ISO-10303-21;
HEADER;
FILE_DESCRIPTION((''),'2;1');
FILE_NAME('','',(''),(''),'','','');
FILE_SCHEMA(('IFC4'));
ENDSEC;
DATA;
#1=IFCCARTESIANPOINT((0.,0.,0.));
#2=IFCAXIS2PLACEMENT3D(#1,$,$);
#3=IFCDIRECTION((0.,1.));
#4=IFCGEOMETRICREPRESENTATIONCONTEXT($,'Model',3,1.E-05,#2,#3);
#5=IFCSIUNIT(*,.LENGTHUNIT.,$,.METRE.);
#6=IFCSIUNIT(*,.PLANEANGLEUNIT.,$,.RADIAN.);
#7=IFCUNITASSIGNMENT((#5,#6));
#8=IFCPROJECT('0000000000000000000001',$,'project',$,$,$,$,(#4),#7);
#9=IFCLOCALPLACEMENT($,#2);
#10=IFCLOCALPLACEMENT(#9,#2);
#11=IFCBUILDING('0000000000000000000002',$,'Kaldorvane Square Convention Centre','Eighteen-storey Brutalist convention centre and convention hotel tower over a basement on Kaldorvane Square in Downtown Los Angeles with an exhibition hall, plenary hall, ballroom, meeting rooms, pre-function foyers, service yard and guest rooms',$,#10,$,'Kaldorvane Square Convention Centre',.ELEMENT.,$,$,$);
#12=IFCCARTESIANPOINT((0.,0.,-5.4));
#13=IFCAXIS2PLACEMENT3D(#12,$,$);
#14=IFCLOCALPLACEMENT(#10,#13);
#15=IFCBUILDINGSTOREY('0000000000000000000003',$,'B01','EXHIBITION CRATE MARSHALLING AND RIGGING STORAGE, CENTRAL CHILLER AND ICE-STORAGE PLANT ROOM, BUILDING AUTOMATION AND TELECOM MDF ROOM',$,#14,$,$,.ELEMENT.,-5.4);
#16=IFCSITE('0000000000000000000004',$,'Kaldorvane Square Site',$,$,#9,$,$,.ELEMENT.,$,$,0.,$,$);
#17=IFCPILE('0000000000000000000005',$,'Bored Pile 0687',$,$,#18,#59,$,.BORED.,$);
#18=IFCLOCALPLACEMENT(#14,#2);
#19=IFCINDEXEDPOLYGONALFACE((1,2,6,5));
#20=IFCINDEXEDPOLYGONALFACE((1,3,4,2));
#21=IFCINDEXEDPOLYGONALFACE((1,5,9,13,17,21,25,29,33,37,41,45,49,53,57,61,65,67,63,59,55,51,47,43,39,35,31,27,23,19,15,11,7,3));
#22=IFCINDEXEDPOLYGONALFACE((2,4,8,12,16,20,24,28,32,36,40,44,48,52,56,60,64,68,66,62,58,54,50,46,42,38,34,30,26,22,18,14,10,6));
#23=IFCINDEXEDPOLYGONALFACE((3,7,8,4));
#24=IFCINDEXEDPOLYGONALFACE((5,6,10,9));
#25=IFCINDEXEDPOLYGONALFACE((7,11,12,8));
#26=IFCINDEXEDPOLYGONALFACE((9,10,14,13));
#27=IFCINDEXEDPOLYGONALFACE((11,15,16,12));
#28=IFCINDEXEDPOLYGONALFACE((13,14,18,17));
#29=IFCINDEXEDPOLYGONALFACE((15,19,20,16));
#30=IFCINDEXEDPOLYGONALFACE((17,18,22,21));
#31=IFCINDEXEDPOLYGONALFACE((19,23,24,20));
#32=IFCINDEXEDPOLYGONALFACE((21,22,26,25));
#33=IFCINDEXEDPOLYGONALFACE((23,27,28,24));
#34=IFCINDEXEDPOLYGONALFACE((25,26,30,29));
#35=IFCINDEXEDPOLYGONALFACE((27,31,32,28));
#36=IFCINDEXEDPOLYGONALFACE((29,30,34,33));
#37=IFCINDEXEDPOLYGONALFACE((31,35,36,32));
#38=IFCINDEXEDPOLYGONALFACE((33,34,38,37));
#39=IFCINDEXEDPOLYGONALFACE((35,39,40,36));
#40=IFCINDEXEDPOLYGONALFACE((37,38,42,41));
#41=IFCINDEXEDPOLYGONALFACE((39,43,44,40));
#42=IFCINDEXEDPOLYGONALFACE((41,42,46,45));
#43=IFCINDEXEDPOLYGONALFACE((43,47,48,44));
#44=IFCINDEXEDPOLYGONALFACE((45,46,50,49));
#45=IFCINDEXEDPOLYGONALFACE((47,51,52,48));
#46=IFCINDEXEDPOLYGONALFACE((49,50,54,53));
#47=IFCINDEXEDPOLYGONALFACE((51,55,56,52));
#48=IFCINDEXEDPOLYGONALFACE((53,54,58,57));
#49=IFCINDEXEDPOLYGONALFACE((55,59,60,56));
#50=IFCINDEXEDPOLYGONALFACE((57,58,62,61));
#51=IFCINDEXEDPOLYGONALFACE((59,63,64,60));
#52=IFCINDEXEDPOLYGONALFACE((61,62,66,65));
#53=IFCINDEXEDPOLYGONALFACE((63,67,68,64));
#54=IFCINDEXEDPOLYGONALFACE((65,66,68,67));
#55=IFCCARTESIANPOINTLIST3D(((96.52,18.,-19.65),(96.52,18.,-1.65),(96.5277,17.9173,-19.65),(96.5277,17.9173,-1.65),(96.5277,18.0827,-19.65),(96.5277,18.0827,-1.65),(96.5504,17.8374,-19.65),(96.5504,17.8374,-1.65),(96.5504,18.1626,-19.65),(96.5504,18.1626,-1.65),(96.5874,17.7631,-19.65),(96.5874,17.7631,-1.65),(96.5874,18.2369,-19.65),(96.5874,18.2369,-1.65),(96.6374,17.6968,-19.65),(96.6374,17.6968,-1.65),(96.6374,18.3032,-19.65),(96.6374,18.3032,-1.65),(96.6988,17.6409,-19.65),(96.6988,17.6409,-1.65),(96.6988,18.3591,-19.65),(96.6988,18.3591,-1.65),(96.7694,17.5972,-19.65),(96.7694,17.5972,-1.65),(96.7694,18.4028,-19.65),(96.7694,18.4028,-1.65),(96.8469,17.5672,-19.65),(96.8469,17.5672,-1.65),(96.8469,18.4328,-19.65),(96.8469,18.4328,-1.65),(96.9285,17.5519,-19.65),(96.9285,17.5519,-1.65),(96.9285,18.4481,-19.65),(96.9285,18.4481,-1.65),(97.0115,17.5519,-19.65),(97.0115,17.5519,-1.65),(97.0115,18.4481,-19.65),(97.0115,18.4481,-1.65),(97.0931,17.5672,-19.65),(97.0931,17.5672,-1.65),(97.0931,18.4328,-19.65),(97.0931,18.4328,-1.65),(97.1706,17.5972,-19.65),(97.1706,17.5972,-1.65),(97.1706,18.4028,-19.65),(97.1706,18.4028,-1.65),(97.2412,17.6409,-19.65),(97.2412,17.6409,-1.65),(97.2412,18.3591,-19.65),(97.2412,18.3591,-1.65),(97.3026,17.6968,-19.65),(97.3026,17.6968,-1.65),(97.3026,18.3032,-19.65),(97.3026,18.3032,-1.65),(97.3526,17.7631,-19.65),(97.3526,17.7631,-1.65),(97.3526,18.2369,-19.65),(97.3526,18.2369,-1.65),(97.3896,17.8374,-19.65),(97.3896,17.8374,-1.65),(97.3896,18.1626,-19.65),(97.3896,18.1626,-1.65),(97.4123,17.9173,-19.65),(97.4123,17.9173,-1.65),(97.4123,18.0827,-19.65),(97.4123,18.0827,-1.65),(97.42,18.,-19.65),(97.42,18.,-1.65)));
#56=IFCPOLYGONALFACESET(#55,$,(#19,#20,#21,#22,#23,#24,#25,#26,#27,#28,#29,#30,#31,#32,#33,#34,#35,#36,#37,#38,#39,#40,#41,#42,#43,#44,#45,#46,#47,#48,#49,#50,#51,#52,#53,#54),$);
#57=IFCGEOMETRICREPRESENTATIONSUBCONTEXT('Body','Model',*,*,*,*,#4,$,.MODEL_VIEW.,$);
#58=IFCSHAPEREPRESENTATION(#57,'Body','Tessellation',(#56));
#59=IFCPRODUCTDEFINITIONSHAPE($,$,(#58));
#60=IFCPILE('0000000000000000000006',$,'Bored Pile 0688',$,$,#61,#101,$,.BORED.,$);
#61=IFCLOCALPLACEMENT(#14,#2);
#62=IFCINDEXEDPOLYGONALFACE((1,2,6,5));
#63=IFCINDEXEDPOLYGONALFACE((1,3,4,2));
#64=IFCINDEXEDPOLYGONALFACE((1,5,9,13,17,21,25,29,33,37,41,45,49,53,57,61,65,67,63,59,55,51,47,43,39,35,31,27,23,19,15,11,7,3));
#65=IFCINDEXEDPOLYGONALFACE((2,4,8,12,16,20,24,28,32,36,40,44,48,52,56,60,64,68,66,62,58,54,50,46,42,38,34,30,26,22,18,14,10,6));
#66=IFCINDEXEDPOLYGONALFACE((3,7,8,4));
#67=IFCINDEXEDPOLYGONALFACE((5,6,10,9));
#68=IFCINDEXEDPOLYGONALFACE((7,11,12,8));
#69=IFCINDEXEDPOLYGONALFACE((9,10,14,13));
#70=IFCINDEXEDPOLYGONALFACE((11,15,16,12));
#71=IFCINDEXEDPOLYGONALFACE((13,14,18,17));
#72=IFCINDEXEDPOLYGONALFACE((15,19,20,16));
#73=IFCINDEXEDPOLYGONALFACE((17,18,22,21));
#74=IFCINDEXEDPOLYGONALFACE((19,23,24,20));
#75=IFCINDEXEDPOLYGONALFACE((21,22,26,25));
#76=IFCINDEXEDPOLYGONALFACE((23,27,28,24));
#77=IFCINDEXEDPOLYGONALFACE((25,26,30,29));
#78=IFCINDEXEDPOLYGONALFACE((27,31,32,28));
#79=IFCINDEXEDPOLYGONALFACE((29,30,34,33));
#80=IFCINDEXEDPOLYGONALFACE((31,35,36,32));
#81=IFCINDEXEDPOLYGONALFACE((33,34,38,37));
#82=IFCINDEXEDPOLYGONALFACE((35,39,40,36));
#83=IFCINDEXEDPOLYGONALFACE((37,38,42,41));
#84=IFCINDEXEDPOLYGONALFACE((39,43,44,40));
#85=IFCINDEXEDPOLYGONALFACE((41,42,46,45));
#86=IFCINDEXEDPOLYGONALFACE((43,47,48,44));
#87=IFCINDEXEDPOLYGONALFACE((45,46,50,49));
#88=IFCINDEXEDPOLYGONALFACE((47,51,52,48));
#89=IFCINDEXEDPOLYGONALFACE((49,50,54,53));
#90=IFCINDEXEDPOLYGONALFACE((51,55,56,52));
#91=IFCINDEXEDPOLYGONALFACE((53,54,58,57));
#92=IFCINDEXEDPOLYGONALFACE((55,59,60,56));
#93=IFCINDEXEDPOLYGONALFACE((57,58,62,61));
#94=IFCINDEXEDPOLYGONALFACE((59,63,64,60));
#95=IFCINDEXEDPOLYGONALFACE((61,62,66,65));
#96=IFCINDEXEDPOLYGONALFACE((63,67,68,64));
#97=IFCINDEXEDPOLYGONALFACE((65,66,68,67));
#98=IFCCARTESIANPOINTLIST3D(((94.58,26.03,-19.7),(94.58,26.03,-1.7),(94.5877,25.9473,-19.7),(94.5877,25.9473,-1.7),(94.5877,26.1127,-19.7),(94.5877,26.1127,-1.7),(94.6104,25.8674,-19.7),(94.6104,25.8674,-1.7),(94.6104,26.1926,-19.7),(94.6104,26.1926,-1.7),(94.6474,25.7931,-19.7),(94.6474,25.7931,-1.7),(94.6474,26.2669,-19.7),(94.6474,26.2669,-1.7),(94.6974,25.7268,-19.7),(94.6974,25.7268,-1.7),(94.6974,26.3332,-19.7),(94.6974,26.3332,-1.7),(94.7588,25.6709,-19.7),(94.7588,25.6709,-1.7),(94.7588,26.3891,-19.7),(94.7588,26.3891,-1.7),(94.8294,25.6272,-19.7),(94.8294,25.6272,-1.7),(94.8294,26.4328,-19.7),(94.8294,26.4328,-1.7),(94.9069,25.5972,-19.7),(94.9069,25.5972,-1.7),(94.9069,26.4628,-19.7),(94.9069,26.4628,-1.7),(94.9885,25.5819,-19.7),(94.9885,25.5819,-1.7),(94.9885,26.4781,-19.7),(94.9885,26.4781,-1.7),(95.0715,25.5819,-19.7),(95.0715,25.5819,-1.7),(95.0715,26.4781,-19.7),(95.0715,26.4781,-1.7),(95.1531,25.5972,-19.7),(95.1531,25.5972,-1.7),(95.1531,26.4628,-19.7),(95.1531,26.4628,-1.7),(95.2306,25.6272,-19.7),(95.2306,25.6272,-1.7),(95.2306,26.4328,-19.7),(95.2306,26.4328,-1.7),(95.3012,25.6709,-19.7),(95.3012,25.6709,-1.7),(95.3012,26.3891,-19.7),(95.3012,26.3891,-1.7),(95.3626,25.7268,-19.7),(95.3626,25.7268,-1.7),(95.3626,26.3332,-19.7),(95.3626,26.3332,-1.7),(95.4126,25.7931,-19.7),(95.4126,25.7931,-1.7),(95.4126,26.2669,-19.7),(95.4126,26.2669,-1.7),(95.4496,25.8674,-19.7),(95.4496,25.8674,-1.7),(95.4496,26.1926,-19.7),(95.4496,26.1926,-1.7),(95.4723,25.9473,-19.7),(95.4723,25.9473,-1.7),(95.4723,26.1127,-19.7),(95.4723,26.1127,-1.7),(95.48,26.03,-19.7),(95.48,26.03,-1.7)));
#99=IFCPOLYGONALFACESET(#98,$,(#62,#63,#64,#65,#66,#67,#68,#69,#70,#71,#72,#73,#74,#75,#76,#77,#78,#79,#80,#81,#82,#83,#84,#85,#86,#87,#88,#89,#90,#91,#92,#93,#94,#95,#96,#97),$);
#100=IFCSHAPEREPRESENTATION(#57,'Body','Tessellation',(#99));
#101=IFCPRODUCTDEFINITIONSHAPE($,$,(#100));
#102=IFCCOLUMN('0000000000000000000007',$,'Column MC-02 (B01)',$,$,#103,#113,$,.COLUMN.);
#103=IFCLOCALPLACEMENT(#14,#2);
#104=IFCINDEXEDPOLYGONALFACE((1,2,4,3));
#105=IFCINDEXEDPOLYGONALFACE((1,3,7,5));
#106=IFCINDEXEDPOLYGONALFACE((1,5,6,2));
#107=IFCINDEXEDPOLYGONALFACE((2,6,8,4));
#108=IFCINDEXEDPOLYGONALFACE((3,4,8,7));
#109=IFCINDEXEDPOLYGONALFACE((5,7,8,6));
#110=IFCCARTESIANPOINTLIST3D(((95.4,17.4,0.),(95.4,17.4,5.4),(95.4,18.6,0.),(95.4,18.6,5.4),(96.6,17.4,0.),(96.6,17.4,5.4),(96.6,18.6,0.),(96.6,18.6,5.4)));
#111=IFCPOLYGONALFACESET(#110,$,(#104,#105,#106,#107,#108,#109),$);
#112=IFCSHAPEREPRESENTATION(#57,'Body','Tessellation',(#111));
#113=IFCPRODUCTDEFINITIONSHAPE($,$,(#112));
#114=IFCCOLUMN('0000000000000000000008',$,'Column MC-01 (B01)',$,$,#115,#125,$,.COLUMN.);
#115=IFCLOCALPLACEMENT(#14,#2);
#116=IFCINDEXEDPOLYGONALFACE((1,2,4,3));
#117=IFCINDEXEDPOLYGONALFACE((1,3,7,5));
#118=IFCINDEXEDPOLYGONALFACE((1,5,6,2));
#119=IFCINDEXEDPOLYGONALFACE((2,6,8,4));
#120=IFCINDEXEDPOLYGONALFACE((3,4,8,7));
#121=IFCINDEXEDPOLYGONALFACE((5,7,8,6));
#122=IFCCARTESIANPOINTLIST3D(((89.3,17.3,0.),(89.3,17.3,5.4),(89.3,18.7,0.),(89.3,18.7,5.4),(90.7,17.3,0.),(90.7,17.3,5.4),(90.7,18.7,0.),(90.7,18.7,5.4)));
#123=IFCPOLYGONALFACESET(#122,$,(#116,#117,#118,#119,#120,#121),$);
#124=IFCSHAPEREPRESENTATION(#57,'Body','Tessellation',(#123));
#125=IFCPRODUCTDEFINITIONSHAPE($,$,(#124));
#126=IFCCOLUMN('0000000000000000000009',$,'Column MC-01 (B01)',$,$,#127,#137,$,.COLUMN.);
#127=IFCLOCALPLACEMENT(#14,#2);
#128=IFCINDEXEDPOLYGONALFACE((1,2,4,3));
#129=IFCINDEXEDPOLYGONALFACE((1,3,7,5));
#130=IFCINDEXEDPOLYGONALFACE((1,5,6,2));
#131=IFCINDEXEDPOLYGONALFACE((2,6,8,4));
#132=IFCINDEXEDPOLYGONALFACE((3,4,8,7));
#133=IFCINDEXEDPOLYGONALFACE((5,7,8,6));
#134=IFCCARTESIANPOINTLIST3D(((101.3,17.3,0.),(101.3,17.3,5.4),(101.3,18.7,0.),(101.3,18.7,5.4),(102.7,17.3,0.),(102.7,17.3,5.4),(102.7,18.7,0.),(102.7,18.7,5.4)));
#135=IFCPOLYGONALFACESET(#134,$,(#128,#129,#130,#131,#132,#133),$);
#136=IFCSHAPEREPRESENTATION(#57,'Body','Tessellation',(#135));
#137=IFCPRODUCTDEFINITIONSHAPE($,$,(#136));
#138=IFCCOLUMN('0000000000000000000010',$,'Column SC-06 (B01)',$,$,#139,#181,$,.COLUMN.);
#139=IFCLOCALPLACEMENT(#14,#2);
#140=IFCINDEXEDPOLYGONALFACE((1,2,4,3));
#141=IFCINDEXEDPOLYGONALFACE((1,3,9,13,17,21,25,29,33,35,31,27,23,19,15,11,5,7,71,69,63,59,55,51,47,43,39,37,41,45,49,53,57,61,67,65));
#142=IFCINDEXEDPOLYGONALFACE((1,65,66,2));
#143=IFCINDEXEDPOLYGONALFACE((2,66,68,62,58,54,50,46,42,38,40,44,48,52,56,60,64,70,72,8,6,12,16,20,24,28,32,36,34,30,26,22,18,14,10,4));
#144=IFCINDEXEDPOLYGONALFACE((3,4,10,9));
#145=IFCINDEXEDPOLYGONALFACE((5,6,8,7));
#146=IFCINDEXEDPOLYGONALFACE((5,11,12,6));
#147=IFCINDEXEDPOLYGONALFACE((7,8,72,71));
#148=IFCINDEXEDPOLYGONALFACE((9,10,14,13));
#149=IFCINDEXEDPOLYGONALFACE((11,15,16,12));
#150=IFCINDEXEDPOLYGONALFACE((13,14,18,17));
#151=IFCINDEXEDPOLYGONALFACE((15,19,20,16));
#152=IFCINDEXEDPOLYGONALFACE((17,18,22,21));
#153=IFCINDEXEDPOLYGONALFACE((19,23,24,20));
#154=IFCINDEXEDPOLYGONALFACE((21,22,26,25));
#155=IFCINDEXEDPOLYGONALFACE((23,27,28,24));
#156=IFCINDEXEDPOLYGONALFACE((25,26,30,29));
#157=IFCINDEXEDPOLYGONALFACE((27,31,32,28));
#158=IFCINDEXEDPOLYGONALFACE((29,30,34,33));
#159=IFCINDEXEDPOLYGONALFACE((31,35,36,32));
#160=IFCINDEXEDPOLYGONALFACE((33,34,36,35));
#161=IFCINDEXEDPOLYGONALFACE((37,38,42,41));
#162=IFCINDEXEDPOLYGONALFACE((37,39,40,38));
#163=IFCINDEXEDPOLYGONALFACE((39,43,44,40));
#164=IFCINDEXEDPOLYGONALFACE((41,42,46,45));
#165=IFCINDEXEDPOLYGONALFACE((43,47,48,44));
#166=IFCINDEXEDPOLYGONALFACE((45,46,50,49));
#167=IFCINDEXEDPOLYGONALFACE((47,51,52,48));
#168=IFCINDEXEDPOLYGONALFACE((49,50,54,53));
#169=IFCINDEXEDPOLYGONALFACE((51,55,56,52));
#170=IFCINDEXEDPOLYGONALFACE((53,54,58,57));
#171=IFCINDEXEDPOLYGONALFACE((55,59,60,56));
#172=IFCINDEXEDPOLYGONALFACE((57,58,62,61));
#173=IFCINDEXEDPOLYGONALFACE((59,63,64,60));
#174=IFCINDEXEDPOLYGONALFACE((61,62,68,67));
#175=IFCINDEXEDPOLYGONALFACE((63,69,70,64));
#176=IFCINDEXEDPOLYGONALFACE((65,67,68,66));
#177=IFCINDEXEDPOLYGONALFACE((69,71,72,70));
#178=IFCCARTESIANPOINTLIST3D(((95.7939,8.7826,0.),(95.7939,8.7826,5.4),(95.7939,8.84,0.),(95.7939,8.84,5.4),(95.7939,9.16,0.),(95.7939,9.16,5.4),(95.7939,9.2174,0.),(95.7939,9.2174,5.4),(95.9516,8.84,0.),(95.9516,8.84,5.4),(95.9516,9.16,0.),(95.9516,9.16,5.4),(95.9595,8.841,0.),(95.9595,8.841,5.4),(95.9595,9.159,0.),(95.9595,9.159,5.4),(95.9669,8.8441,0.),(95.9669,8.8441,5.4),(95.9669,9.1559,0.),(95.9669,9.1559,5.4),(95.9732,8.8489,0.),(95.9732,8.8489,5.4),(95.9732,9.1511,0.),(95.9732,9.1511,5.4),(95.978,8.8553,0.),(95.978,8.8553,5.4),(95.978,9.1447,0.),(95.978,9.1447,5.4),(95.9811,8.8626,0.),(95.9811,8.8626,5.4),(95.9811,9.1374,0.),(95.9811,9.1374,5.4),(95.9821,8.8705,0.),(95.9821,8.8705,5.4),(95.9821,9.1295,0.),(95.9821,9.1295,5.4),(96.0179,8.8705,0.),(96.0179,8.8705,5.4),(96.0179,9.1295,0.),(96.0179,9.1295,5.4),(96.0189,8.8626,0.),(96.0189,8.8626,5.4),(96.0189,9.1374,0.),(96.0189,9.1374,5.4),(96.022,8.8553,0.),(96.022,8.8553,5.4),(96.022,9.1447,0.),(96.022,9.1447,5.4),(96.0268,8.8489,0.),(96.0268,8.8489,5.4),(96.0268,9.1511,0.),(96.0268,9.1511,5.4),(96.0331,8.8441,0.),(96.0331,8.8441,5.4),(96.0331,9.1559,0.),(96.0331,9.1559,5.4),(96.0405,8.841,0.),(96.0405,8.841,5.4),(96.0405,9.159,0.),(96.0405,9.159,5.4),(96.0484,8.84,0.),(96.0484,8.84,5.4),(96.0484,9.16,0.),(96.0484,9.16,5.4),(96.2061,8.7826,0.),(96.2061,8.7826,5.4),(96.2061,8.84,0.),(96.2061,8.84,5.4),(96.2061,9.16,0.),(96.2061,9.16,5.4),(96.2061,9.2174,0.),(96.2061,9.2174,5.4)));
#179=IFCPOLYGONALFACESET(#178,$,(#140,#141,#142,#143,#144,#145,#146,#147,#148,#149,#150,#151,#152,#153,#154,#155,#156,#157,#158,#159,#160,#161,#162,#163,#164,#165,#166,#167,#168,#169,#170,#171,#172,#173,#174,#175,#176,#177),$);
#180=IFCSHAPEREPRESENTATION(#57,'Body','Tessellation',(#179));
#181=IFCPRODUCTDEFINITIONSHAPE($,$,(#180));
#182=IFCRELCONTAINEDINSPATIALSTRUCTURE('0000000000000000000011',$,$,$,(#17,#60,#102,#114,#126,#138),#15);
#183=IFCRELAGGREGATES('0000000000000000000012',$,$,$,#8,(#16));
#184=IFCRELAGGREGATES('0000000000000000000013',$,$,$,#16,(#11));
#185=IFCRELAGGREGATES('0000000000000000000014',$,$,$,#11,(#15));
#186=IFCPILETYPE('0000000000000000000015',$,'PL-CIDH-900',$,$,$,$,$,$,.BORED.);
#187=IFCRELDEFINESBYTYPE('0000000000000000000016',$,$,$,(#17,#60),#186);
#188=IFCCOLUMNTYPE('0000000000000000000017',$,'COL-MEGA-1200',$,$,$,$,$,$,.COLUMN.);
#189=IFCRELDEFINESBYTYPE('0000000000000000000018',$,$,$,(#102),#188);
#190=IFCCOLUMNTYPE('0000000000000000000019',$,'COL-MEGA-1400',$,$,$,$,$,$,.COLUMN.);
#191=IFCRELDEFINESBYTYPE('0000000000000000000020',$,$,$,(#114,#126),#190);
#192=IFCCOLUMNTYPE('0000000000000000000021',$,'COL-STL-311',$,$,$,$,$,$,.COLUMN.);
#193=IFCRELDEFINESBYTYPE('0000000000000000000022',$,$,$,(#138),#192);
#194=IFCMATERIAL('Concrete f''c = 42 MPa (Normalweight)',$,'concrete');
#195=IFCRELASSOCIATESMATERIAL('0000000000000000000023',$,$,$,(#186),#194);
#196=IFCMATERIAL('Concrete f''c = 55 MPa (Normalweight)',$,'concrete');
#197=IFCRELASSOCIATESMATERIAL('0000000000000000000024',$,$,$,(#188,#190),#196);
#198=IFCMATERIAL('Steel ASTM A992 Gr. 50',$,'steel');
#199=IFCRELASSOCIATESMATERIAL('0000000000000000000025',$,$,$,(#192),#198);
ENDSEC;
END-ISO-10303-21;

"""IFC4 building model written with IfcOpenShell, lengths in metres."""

from ifc_helpers import new_model, si_unit, direction, frame, origin, origin_2d, place, context, subcontext, project, spatial, rectangle, circle, i_section, extrude, material, material_profile, profile_set, type_object, element, save


model = new_model("IFC4")

# Units and contexts
model_context = context("Model", 3, precision=1e-05, world=origin(), true_north=direction((0.0, 1.0)))
body_context = subcontext(model_context, "Body", "Model", "MODEL_VIEW")
ifc_project = project(units=[si_unit("LENGTHUNIT", "METRE"), si_unit("PLANEANGLEUNIT", "RADIAN")], contexts=[model_context])

# Site, building, storey
site_placement = place(None, origin())
site = spatial("IfcSite", under=ifc_project, at=site_placement, Name="Kaldorvane Square Site", CompositionType="ELEMENT", RefElevation=0.0)
building_placement = place(site_placement, origin())
building = spatial("IfcBuilding", under=site, at=building_placement, Name="Kaldorvane Square Convention Centre", Description="Eighteen-storey Brutalist convention centre and convention hotel tower over a basement on Kaldorvane Square in Downtown Los Angeles with an exhibition hall, plenary hall, ballroom, meeting rooms, pre-function foyers, service yard and guest rooms", LongName="Kaldorvane Square Convention Centre", CompositionType="ELEMENT")
storey_placement = place(building_placement, frame((0.0, 0.0, -5.4)))
storey = spatial("IfcBuildingStorey", under=building, at=storey_placement, Name="B01", Description="EXHIBITION CRATE MARSHALLING AND RIGGING STORAGE, CENTRAL CHILLER AND ICE-STORAGE PLANT ROOM, BUILDING AUTOMATION AND TELECOM MDF ROOM", CompositionType="ELEMENT", Elevation=-5.4)

# Shared definitions
ifc_material_1 = material(Name="Concrete f'c = 42 MPa (Normalweight)", Category="concrete")

# Piles
ifc_material_profile_1 = material_profile(ifc_material_1, circle(Radius=0.45, at=origin_2d()), Name="PILE-D900")
ifc_profile_set_1 = profile_set([ifc_material_profile_1], Name="Concrete f'c = 42 MPa (Normalweight)")
pile_type_1 = type_object("IfcPileType", Name="PL-CIDH-900", PredefinedType="BORED", material=ifc_profile_set_1)
for number, where, z_axis, x_axis, name in (
    (1, (96.97, 18.0, -1.65), (0.0, 0.0, -1.0), (1.0, 0.0, 0.0), "Bored Pile 0687"),
    (2, (95.03, 26.03, -1.7), (0.0, 0.0, -1.0), (1.0, 0.0, 0.0), "Bored Pile 0688"),
):
    element("IfcPile", number, at=place(storey_placement, frame(where, z_axis=z_axis, x_axis=x_axis)), inside=storey, type_object=pile_type_1, Name=name, PredefinedType="BORED", context=body_context, shape_type="SweptSolid", body=[
        extrude(circle(Radius=0.45, at=origin_2d()), origin(), (0.0, 0.0, 1.0), 18.0),
    ])

# Columns
ifc_material_2 = material(Name="Concrete f'c = 55 MPa (Normalweight)", Category="concrete")
ifc_material_profile_2 = material_profile(ifc_material_2, rectangle(XDim=1.2, YDim=1.2, at=origin_2d()), Name="RC1200X1200")
ifc_profile_set_2 = profile_set([ifc_material_profile_2], Name="Concrete f'c = 55 MPa (Normalweight)")
column_type_1 = type_object("IfcColumnType", Name="COL-MEGA-1200", PredefinedType="COLUMN", material=ifc_profile_set_2)
column_placement = place(storey_placement, frame((96.0, 18.0, 0.0), z_axis=(0.0, 0.0, 1.0), x_axis=(1.0, 0.0, 0.0)))
element("IfcColumn", 3, at=column_placement, inside=storey, type_object=column_type_1, Name="Column MC-02 (B01)", PredefinedType="COLUMN", context=body_context, shape_type="SweptSolid", body=[
    extrude(rectangle(XDim=1.2, YDim=1.2, at=origin_2d()), origin(), (0.0, 0.0, 1.0), 5.4),
])
ifc_material_profile_3 = material_profile(ifc_material_2, rectangle(XDim=1.4, YDim=1.4, at=origin_2d()), Name="RC1400X1400")
ifc_profile_set_3 = profile_set([ifc_material_profile_3], Name="Concrete f'c = 55 MPa (Normalweight)")
column_type_2 = type_object("IfcColumnType", Name="COL-MEGA-1400", PredefinedType="COLUMN", material=ifc_profile_set_3)
for number, where, z_axis, x_axis, name in (
    (4, (90.0, 18.0, 0.0), (0.0, 0.0, 1.0), (1.0, 0.0, 0.0), "Column MC-01 (B01)"),
    (5, (102.0, 18.0, 0.0), (0.0, 0.0, 1.0), (1.0, 0.0, 0.0), "Column MC-01 (B01)"),
):
    element("IfcColumn", number, at=place(storey_placement, frame(where, z_axis=z_axis, x_axis=x_axis)), inside=storey, type_object=column_type_2, Name=name, PredefinedType="COLUMN", context=body_context, shape_type="SweptSolid", body=[
        extrude(rectangle(XDim=1.4, YDim=1.4, at=origin_2d()), origin(), (0.0, 0.0, 1.0), 5.4),
    ])
ifc_material_3 = material(Name="Steel ASTM A992 Gr. 50", Category="steel")
ifc_material_profile_4 = material_profile(ifc_material_3, i_section(OverallWidth=0.4122, OverallDepth=0.4348, WebThickness=0.0358, FlangeThickness=0.0574, FilletRadius=0.0305, at=origin_2d()), Name="W14X311")
ifc_profile_set_4 = profile_set([ifc_material_profile_4], Name="Steel ASTM A992 Gr. 50")
column_type_3 = type_object("IfcColumnType", Name="COL-STL-311", PredefinedType="COLUMN", material=ifc_profile_set_4)
for number, where, z_axis, x_axis, name in (
    (6, (96.0, 9.0, 0.0), (0.0, 0.0, 1.0), (1.0, 0.0, 0.0), "Column SC-06 (B01)"),
):
    element("IfcColumn", number, at=place(storey_placement, frame(where, z_axis=z_axis, x_axis=x_axis)), inside=storey, type_object=column_type_3, Name=name, PredefinedType="COLUMN", context=body_context, shape_type="SweptSolid", body=[
        extrude(i_section(OverallWidth=0.4122, OverallDepth=0.4348, WebThickness=0.0358, FlangeThickness=0.0574, FilletRadius=0.0305, at=origin_2d()), origin(), (0.0, 0.0, 1.0), 5.4),
    ])

save(model, "model.ifc")
